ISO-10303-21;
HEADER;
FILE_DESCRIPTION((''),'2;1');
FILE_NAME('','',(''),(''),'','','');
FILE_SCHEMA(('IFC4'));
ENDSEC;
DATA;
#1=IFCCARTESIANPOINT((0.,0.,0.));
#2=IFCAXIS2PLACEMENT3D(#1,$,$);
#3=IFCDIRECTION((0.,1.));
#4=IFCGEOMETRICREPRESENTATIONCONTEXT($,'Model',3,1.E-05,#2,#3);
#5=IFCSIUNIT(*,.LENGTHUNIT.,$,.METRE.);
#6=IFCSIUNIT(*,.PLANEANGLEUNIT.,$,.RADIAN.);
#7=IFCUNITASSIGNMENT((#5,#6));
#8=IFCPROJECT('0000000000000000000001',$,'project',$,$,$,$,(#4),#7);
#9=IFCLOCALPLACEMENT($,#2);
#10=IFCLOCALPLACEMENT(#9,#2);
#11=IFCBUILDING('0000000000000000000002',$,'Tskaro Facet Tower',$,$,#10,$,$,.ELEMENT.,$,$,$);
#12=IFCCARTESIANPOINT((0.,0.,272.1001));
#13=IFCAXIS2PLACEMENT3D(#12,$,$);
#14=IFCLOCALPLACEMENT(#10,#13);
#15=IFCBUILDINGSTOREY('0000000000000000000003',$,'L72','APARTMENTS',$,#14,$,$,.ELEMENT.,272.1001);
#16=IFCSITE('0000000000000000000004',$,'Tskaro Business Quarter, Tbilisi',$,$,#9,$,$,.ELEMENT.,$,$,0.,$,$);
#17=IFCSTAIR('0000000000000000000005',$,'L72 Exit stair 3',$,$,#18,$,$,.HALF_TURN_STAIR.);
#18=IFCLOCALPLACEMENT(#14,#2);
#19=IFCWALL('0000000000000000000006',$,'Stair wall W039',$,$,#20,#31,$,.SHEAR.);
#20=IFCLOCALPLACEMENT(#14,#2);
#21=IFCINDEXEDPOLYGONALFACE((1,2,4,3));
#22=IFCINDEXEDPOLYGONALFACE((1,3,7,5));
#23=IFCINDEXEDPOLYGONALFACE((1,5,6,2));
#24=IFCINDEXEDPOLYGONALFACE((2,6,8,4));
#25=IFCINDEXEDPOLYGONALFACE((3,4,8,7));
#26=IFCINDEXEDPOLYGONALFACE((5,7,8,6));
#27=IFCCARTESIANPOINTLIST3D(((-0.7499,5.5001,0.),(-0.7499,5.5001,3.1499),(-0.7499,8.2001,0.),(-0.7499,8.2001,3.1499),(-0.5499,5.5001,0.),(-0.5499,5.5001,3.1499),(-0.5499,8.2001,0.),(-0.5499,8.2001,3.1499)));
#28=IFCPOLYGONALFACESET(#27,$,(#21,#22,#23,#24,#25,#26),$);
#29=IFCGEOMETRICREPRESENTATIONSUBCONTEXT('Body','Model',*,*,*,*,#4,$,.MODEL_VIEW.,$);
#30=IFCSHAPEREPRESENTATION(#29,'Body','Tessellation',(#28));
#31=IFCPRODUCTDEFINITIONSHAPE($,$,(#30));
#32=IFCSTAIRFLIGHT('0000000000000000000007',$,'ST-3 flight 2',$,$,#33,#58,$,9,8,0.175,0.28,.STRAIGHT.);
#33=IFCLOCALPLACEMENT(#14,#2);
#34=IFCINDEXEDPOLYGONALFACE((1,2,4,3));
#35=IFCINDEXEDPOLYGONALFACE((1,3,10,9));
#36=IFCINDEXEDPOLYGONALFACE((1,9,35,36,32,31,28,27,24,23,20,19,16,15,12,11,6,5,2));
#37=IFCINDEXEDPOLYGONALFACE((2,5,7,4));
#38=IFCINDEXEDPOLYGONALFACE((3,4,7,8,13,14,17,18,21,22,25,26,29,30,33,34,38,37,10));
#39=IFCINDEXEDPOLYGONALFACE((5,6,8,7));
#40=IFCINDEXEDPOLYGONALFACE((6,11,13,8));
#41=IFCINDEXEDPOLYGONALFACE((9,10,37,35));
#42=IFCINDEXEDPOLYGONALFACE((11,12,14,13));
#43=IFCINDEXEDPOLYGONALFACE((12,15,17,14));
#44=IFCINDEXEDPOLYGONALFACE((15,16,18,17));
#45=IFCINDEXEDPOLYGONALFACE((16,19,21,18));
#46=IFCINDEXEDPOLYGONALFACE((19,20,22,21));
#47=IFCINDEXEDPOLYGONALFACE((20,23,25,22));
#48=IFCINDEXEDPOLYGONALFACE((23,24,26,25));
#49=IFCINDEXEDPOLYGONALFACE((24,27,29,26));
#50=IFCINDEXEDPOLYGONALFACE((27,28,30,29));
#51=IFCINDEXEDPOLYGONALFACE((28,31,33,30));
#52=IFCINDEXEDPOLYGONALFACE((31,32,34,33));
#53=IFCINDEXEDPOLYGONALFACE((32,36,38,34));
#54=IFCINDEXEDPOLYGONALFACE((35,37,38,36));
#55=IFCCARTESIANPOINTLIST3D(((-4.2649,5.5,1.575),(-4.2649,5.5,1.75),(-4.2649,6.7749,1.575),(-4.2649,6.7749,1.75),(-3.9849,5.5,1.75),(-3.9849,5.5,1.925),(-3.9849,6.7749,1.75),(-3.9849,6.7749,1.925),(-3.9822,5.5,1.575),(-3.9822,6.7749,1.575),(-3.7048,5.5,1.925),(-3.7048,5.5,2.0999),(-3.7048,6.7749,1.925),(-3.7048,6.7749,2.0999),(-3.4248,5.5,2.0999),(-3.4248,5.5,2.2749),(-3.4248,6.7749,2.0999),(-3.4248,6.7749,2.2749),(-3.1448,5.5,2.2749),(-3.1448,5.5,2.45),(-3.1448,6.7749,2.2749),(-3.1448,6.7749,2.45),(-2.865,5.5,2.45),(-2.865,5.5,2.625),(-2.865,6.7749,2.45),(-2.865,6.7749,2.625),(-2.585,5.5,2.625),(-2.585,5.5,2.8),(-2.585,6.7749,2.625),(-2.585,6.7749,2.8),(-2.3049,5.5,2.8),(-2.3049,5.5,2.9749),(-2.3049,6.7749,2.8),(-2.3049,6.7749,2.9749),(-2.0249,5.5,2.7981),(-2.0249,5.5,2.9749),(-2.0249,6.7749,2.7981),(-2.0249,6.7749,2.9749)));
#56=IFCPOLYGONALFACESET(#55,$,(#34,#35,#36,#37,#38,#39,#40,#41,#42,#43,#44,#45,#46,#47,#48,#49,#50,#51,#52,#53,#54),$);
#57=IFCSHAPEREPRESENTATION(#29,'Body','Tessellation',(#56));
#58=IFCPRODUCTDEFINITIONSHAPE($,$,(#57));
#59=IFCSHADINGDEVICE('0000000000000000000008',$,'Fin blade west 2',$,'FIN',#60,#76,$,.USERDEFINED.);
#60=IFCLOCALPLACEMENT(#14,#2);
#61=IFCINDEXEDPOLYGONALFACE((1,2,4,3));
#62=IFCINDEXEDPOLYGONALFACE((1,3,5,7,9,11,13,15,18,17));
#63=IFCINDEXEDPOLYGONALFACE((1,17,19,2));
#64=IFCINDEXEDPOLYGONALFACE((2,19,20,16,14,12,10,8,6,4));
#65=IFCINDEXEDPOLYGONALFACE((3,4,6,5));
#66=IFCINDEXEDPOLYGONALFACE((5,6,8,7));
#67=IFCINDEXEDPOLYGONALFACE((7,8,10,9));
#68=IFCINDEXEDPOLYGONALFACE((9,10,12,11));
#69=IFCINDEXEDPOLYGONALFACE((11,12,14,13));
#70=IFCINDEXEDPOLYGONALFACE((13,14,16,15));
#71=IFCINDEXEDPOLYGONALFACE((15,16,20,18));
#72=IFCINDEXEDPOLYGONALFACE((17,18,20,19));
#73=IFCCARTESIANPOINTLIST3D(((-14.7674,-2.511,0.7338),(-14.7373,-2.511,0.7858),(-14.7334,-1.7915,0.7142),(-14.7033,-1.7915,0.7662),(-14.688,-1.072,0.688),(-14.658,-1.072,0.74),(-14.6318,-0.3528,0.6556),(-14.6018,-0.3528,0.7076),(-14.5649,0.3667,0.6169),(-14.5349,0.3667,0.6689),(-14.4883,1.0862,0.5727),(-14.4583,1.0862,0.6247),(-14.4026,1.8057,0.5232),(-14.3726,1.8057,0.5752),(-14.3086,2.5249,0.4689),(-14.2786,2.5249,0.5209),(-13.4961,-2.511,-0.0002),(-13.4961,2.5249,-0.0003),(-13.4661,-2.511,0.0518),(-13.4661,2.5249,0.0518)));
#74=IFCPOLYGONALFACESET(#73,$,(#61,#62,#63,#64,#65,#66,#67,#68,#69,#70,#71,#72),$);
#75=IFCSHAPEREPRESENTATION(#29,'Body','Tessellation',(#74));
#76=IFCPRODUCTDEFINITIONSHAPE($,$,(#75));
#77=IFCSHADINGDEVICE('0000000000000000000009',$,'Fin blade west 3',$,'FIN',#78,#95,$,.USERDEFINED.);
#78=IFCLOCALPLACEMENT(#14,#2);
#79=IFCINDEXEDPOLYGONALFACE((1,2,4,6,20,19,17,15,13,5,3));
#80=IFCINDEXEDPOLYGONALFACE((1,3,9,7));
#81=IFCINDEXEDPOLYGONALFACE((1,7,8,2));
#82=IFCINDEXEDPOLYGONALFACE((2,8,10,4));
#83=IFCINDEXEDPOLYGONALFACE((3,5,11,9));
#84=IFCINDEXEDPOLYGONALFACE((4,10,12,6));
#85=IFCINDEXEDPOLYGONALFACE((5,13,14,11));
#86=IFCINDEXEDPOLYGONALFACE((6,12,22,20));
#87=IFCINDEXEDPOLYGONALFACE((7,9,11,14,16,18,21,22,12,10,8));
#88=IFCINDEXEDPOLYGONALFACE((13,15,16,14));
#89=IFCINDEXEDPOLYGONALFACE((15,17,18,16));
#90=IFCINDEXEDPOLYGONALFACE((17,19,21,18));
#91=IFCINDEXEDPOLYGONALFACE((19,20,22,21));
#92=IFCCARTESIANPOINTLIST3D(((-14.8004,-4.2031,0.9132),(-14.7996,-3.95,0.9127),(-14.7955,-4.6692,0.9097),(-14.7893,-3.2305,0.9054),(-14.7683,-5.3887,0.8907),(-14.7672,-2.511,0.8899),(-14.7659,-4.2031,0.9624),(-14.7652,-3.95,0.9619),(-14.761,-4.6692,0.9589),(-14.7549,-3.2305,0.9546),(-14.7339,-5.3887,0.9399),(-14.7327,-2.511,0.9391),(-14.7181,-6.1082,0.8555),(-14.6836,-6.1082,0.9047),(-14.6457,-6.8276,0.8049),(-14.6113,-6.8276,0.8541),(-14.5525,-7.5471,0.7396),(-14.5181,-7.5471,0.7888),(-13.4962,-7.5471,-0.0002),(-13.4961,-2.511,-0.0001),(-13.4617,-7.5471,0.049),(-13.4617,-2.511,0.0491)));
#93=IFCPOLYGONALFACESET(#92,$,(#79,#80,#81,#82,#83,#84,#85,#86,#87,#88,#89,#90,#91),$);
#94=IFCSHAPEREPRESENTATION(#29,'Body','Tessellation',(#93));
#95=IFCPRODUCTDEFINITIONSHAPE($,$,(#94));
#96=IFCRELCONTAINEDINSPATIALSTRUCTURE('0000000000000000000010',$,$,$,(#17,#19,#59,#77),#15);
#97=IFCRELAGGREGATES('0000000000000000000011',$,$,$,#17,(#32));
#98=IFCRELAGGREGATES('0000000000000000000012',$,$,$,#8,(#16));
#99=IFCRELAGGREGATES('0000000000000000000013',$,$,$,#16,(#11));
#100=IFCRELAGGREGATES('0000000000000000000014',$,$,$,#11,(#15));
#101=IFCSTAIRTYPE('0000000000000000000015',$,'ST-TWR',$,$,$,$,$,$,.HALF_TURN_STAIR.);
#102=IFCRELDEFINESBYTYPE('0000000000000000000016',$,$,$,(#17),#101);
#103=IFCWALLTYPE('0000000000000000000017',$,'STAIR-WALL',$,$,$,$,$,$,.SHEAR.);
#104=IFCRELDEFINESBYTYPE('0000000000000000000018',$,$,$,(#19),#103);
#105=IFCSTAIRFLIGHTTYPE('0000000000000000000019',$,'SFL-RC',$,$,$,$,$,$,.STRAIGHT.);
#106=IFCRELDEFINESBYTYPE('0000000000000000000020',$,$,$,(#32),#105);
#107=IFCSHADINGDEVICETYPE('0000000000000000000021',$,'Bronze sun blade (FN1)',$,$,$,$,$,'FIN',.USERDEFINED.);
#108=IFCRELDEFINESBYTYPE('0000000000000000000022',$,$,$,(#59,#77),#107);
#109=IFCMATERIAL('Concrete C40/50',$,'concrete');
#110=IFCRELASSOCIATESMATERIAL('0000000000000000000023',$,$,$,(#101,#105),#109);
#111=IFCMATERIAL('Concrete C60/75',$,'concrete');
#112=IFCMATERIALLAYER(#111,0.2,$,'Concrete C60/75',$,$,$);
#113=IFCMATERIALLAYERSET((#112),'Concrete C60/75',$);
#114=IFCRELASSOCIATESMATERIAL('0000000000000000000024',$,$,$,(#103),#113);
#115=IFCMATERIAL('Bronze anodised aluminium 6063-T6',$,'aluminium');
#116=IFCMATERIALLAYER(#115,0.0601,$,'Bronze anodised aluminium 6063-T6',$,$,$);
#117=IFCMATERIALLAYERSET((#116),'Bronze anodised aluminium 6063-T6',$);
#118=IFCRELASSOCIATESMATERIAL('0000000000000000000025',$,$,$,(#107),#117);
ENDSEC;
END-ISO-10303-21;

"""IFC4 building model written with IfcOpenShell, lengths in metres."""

from ifc_helpers import new_model, si_unit, direction, frame, frame_2d, origin, place, context, subcontext, project, spatial, polyline, rectangle, outline, extrude, material, layer, layer_set, type_object, element, aggregate, save


model = new_model("IFC4")

# Units and contexts
model_context = context("Model", 3, precision=1e-05, world=origin(), true_north=direction((0.0, 1.0)))
body_context = subcontext(model_context, "Body", "Model", "MODEL_VIEW")
ifc_project = project(units=[si_unit("LENGTHUNIT", "METRE"), si_unit("PLANEANGLEUNIT", "RADIAN")], contexts=[model_context])

# Site, building, storey
site_placement = place(None, origin())
site = spatial("IfcSite", under=ifc_project, at=site_placement, Name="Tskaro Business Quarter, Tbilisi", CompositionType="ELEMENT", RefElevation=0.0)
building_placement = place(site_placement, origin())
building = spatial("IfcBuilding", under=site, at=building_placement, Name="Tskaro Facet Tower", CompositionType="ELEMENT")
storey_placement = place(building_placement, frame((0.0, 0.0, 272.1001)))
storey = spatial("IfcBuildingStorey", under=building, at=storey_placement, Name="L72", Description="APARTMENTS", CompositionType="ELEMENT", Elevation=272.1001)

# Shared definitions
ifc_material_1 = material(Name="Bronze anodised aluminium 6063-T6", Category="aluminium")

# Stair
ifc_material_2 = material(Name="Concrete C40/50", Category="concrete")
stair_type = type_object("IfcStairType", Name="ST-TWR", PredefinedType="HALF_TURN_STAIR", material=ifc_material_2)
stair_1_placement = place(storey_placement, origin())
stair_1 = element("IfcStair", 1, at=stair_1_placement, inside=storey, type_object=stair_type, Name="L72 Exit stair 3", PredefinedType="HALF_TURN_STAIR")

# Shared definitions
ifc_material_3 = material(Name="Concrete C60/75", Category="concrete")

# Shared definitions
ifc_layer_1 = layer(ifc_material_3, 0.2, Name="Concrete C60/75")
ifc_layer_set_1 = layer_set([ifc_layer_1], Name="Concrete C60/75")
wall_type_1 = type_object("IfcWallType", Name="STAIR-WALL", PredefinedType="SHEAR", material=ifc_layer_set_1)

# Wall
for number, where, z_axis, x_axis, name in (
    (2, (-0.6499, 5.5, 0.0), (0.0, 0.0, 1.0), (0.0, 1.0, 0.0), "Stair wall W039"),
):
    element("IfcWall", number, at=place(storey_placement, frame(where, z_axis=z_axis, x_axis=x_axis)), inside=storey, type_object=wall_type_1, Name=name, PredefinedType="SHEAR", context=body_context, shape_type="SweptSolid", body=[
        extrude(rectangle(XDim=2.7, YDim=0.2, at=frame_2d((1.3501, 0.0))), origin(), (0.0, 0.0, 1.0), 3.1499),
    ])

# Stair flight
stair_flight_type = type_object("IfcStairFlightType", Name="SFL-RC", PredefinedType="STRAIGHT", material=ifc_material_2)
stair_flight_placement = place(storey_placement, frame((-4.2649, 6.1375, 1.575), z_axis=(0.0, 0.0, 1.0), x_axis=(1.0, 0.0, 0.0)))
stair_flight = element("IfcStairFlight", 3, at=stair_flight_placement, type_object=stair_flight_type, Name="ST-3 flight 2", NumberOfRisers=9, NumberOfTreads=8, PredefinedType="STRAIGHT", RiserHeight=0.175, TreadLength=0.28, context=body_context, shape_type="SweptSolid", body=[
    extrude(outline(polyline([(0.0, 0.0), (0.0, 0.175), (0.28, 0.175), (0.28, 0.3501), (0.5601, 0.3501), (0.5601, 0.5249), (0.8401, 0.5249), (0.8401, 0.7), (1.1201, 0.7), (1.1201, 0.875), (1.3999, 0.875), (1.3999, 1.05), (1.6799, 1.05), (1.6799, 1.2251), (1.96, 1.2251), (1.96, 1.3999), (2.24, 1.3999), (2.24, 1.575), (2.24, 1.2231), (0.2827, 0.0), (0.0, 0.0)])), frame((0.0, 0.6375, 0.0), z_axis=(0.0, -1.0, 0.0), x_axis=(1.0, 0.0, 0.0)), (0.0, 0.0, 1.0), 1.2749),
])
aggregate(stair_1, [stair_flight])

# Shading devices
ifc_layer_2 = layer(ifc_material_1, 0.0601, Name="Bronze anodised aluminium 6063-T6")
ifc_layer_set_2 = layer_set([ifc_layer_2], Name="Bronze anodised aluminium 6063-T6")
shading_device_type = type_object("IfcShadingDeviceType", Name="Bronze sun blade (FN1)", ElementType="FIN", PredefinedType="USERDEFINED", material=ifc_layer_set_2)
shading_device_1_placement = place(storey_placement, frame((-13.4661, 2.5249, 0.0518), z_axis=(0.500052, 0.000002, 0.865995), x_axis=(0.000001, -1.0, 0.000002)))
element("IfcShadingDevice", 4, at=shading_device_1_placement, inside=storey, type_object=shading_device_type, Name="Fin blade west 2", ObjectType="FIN", PredefinedType="USERDEFINED", context=body_context, shape_type="SweptSolid", body=[
    extrude(outline(polyline([(0.0, 0.0), (5.0359, 0.0), (5.0359, -1.468), (4.3164, -1.4287), (3.5969, -1.3763), (2.8777, -1.3115), (2.1582, -1.2342), (1.4387, -1.1458), (0.7192, -1.0468), (0.0, -0.9383), (0.0, 0.0)])), origin(), (0.0, 0.0, -1.0), 0.0601),
])
shading_device_2_placement = place(storey_placement, frame((-13.4617, -2.511, 0.0491), z_axis=(0.573606, -0.000011, 0.819131), x_axis=(-0.000006, -1.0, -0.000009)))
element("IfcShadingDevice", 5, at=shading_device_2_placement, inside=storey, type_object=shading_device_type, Name="Fin blade west 3", ObjectType="FIN", PredefinedType="USERDEFINED", context=body_context, shape_type="SweptSolid", body=[
    extrude(outline(polyline([(0.0, 0.0), (5.0361, 0.0), (5.0361, -1.2897), (4.3167, -1.4034), (3.5972, -1.4918), (2.8777, -1.5531), (2.1582, -1.5862), (1.6921, -1.5922), (1.439, -1.5913), (0.7195, -1.5787), (0.0, -1.5517), (0.0, 0.0)])), origin(), (0.0, 0.0, -1.0), 0.0601),
])

save(model, "model.ifc")
